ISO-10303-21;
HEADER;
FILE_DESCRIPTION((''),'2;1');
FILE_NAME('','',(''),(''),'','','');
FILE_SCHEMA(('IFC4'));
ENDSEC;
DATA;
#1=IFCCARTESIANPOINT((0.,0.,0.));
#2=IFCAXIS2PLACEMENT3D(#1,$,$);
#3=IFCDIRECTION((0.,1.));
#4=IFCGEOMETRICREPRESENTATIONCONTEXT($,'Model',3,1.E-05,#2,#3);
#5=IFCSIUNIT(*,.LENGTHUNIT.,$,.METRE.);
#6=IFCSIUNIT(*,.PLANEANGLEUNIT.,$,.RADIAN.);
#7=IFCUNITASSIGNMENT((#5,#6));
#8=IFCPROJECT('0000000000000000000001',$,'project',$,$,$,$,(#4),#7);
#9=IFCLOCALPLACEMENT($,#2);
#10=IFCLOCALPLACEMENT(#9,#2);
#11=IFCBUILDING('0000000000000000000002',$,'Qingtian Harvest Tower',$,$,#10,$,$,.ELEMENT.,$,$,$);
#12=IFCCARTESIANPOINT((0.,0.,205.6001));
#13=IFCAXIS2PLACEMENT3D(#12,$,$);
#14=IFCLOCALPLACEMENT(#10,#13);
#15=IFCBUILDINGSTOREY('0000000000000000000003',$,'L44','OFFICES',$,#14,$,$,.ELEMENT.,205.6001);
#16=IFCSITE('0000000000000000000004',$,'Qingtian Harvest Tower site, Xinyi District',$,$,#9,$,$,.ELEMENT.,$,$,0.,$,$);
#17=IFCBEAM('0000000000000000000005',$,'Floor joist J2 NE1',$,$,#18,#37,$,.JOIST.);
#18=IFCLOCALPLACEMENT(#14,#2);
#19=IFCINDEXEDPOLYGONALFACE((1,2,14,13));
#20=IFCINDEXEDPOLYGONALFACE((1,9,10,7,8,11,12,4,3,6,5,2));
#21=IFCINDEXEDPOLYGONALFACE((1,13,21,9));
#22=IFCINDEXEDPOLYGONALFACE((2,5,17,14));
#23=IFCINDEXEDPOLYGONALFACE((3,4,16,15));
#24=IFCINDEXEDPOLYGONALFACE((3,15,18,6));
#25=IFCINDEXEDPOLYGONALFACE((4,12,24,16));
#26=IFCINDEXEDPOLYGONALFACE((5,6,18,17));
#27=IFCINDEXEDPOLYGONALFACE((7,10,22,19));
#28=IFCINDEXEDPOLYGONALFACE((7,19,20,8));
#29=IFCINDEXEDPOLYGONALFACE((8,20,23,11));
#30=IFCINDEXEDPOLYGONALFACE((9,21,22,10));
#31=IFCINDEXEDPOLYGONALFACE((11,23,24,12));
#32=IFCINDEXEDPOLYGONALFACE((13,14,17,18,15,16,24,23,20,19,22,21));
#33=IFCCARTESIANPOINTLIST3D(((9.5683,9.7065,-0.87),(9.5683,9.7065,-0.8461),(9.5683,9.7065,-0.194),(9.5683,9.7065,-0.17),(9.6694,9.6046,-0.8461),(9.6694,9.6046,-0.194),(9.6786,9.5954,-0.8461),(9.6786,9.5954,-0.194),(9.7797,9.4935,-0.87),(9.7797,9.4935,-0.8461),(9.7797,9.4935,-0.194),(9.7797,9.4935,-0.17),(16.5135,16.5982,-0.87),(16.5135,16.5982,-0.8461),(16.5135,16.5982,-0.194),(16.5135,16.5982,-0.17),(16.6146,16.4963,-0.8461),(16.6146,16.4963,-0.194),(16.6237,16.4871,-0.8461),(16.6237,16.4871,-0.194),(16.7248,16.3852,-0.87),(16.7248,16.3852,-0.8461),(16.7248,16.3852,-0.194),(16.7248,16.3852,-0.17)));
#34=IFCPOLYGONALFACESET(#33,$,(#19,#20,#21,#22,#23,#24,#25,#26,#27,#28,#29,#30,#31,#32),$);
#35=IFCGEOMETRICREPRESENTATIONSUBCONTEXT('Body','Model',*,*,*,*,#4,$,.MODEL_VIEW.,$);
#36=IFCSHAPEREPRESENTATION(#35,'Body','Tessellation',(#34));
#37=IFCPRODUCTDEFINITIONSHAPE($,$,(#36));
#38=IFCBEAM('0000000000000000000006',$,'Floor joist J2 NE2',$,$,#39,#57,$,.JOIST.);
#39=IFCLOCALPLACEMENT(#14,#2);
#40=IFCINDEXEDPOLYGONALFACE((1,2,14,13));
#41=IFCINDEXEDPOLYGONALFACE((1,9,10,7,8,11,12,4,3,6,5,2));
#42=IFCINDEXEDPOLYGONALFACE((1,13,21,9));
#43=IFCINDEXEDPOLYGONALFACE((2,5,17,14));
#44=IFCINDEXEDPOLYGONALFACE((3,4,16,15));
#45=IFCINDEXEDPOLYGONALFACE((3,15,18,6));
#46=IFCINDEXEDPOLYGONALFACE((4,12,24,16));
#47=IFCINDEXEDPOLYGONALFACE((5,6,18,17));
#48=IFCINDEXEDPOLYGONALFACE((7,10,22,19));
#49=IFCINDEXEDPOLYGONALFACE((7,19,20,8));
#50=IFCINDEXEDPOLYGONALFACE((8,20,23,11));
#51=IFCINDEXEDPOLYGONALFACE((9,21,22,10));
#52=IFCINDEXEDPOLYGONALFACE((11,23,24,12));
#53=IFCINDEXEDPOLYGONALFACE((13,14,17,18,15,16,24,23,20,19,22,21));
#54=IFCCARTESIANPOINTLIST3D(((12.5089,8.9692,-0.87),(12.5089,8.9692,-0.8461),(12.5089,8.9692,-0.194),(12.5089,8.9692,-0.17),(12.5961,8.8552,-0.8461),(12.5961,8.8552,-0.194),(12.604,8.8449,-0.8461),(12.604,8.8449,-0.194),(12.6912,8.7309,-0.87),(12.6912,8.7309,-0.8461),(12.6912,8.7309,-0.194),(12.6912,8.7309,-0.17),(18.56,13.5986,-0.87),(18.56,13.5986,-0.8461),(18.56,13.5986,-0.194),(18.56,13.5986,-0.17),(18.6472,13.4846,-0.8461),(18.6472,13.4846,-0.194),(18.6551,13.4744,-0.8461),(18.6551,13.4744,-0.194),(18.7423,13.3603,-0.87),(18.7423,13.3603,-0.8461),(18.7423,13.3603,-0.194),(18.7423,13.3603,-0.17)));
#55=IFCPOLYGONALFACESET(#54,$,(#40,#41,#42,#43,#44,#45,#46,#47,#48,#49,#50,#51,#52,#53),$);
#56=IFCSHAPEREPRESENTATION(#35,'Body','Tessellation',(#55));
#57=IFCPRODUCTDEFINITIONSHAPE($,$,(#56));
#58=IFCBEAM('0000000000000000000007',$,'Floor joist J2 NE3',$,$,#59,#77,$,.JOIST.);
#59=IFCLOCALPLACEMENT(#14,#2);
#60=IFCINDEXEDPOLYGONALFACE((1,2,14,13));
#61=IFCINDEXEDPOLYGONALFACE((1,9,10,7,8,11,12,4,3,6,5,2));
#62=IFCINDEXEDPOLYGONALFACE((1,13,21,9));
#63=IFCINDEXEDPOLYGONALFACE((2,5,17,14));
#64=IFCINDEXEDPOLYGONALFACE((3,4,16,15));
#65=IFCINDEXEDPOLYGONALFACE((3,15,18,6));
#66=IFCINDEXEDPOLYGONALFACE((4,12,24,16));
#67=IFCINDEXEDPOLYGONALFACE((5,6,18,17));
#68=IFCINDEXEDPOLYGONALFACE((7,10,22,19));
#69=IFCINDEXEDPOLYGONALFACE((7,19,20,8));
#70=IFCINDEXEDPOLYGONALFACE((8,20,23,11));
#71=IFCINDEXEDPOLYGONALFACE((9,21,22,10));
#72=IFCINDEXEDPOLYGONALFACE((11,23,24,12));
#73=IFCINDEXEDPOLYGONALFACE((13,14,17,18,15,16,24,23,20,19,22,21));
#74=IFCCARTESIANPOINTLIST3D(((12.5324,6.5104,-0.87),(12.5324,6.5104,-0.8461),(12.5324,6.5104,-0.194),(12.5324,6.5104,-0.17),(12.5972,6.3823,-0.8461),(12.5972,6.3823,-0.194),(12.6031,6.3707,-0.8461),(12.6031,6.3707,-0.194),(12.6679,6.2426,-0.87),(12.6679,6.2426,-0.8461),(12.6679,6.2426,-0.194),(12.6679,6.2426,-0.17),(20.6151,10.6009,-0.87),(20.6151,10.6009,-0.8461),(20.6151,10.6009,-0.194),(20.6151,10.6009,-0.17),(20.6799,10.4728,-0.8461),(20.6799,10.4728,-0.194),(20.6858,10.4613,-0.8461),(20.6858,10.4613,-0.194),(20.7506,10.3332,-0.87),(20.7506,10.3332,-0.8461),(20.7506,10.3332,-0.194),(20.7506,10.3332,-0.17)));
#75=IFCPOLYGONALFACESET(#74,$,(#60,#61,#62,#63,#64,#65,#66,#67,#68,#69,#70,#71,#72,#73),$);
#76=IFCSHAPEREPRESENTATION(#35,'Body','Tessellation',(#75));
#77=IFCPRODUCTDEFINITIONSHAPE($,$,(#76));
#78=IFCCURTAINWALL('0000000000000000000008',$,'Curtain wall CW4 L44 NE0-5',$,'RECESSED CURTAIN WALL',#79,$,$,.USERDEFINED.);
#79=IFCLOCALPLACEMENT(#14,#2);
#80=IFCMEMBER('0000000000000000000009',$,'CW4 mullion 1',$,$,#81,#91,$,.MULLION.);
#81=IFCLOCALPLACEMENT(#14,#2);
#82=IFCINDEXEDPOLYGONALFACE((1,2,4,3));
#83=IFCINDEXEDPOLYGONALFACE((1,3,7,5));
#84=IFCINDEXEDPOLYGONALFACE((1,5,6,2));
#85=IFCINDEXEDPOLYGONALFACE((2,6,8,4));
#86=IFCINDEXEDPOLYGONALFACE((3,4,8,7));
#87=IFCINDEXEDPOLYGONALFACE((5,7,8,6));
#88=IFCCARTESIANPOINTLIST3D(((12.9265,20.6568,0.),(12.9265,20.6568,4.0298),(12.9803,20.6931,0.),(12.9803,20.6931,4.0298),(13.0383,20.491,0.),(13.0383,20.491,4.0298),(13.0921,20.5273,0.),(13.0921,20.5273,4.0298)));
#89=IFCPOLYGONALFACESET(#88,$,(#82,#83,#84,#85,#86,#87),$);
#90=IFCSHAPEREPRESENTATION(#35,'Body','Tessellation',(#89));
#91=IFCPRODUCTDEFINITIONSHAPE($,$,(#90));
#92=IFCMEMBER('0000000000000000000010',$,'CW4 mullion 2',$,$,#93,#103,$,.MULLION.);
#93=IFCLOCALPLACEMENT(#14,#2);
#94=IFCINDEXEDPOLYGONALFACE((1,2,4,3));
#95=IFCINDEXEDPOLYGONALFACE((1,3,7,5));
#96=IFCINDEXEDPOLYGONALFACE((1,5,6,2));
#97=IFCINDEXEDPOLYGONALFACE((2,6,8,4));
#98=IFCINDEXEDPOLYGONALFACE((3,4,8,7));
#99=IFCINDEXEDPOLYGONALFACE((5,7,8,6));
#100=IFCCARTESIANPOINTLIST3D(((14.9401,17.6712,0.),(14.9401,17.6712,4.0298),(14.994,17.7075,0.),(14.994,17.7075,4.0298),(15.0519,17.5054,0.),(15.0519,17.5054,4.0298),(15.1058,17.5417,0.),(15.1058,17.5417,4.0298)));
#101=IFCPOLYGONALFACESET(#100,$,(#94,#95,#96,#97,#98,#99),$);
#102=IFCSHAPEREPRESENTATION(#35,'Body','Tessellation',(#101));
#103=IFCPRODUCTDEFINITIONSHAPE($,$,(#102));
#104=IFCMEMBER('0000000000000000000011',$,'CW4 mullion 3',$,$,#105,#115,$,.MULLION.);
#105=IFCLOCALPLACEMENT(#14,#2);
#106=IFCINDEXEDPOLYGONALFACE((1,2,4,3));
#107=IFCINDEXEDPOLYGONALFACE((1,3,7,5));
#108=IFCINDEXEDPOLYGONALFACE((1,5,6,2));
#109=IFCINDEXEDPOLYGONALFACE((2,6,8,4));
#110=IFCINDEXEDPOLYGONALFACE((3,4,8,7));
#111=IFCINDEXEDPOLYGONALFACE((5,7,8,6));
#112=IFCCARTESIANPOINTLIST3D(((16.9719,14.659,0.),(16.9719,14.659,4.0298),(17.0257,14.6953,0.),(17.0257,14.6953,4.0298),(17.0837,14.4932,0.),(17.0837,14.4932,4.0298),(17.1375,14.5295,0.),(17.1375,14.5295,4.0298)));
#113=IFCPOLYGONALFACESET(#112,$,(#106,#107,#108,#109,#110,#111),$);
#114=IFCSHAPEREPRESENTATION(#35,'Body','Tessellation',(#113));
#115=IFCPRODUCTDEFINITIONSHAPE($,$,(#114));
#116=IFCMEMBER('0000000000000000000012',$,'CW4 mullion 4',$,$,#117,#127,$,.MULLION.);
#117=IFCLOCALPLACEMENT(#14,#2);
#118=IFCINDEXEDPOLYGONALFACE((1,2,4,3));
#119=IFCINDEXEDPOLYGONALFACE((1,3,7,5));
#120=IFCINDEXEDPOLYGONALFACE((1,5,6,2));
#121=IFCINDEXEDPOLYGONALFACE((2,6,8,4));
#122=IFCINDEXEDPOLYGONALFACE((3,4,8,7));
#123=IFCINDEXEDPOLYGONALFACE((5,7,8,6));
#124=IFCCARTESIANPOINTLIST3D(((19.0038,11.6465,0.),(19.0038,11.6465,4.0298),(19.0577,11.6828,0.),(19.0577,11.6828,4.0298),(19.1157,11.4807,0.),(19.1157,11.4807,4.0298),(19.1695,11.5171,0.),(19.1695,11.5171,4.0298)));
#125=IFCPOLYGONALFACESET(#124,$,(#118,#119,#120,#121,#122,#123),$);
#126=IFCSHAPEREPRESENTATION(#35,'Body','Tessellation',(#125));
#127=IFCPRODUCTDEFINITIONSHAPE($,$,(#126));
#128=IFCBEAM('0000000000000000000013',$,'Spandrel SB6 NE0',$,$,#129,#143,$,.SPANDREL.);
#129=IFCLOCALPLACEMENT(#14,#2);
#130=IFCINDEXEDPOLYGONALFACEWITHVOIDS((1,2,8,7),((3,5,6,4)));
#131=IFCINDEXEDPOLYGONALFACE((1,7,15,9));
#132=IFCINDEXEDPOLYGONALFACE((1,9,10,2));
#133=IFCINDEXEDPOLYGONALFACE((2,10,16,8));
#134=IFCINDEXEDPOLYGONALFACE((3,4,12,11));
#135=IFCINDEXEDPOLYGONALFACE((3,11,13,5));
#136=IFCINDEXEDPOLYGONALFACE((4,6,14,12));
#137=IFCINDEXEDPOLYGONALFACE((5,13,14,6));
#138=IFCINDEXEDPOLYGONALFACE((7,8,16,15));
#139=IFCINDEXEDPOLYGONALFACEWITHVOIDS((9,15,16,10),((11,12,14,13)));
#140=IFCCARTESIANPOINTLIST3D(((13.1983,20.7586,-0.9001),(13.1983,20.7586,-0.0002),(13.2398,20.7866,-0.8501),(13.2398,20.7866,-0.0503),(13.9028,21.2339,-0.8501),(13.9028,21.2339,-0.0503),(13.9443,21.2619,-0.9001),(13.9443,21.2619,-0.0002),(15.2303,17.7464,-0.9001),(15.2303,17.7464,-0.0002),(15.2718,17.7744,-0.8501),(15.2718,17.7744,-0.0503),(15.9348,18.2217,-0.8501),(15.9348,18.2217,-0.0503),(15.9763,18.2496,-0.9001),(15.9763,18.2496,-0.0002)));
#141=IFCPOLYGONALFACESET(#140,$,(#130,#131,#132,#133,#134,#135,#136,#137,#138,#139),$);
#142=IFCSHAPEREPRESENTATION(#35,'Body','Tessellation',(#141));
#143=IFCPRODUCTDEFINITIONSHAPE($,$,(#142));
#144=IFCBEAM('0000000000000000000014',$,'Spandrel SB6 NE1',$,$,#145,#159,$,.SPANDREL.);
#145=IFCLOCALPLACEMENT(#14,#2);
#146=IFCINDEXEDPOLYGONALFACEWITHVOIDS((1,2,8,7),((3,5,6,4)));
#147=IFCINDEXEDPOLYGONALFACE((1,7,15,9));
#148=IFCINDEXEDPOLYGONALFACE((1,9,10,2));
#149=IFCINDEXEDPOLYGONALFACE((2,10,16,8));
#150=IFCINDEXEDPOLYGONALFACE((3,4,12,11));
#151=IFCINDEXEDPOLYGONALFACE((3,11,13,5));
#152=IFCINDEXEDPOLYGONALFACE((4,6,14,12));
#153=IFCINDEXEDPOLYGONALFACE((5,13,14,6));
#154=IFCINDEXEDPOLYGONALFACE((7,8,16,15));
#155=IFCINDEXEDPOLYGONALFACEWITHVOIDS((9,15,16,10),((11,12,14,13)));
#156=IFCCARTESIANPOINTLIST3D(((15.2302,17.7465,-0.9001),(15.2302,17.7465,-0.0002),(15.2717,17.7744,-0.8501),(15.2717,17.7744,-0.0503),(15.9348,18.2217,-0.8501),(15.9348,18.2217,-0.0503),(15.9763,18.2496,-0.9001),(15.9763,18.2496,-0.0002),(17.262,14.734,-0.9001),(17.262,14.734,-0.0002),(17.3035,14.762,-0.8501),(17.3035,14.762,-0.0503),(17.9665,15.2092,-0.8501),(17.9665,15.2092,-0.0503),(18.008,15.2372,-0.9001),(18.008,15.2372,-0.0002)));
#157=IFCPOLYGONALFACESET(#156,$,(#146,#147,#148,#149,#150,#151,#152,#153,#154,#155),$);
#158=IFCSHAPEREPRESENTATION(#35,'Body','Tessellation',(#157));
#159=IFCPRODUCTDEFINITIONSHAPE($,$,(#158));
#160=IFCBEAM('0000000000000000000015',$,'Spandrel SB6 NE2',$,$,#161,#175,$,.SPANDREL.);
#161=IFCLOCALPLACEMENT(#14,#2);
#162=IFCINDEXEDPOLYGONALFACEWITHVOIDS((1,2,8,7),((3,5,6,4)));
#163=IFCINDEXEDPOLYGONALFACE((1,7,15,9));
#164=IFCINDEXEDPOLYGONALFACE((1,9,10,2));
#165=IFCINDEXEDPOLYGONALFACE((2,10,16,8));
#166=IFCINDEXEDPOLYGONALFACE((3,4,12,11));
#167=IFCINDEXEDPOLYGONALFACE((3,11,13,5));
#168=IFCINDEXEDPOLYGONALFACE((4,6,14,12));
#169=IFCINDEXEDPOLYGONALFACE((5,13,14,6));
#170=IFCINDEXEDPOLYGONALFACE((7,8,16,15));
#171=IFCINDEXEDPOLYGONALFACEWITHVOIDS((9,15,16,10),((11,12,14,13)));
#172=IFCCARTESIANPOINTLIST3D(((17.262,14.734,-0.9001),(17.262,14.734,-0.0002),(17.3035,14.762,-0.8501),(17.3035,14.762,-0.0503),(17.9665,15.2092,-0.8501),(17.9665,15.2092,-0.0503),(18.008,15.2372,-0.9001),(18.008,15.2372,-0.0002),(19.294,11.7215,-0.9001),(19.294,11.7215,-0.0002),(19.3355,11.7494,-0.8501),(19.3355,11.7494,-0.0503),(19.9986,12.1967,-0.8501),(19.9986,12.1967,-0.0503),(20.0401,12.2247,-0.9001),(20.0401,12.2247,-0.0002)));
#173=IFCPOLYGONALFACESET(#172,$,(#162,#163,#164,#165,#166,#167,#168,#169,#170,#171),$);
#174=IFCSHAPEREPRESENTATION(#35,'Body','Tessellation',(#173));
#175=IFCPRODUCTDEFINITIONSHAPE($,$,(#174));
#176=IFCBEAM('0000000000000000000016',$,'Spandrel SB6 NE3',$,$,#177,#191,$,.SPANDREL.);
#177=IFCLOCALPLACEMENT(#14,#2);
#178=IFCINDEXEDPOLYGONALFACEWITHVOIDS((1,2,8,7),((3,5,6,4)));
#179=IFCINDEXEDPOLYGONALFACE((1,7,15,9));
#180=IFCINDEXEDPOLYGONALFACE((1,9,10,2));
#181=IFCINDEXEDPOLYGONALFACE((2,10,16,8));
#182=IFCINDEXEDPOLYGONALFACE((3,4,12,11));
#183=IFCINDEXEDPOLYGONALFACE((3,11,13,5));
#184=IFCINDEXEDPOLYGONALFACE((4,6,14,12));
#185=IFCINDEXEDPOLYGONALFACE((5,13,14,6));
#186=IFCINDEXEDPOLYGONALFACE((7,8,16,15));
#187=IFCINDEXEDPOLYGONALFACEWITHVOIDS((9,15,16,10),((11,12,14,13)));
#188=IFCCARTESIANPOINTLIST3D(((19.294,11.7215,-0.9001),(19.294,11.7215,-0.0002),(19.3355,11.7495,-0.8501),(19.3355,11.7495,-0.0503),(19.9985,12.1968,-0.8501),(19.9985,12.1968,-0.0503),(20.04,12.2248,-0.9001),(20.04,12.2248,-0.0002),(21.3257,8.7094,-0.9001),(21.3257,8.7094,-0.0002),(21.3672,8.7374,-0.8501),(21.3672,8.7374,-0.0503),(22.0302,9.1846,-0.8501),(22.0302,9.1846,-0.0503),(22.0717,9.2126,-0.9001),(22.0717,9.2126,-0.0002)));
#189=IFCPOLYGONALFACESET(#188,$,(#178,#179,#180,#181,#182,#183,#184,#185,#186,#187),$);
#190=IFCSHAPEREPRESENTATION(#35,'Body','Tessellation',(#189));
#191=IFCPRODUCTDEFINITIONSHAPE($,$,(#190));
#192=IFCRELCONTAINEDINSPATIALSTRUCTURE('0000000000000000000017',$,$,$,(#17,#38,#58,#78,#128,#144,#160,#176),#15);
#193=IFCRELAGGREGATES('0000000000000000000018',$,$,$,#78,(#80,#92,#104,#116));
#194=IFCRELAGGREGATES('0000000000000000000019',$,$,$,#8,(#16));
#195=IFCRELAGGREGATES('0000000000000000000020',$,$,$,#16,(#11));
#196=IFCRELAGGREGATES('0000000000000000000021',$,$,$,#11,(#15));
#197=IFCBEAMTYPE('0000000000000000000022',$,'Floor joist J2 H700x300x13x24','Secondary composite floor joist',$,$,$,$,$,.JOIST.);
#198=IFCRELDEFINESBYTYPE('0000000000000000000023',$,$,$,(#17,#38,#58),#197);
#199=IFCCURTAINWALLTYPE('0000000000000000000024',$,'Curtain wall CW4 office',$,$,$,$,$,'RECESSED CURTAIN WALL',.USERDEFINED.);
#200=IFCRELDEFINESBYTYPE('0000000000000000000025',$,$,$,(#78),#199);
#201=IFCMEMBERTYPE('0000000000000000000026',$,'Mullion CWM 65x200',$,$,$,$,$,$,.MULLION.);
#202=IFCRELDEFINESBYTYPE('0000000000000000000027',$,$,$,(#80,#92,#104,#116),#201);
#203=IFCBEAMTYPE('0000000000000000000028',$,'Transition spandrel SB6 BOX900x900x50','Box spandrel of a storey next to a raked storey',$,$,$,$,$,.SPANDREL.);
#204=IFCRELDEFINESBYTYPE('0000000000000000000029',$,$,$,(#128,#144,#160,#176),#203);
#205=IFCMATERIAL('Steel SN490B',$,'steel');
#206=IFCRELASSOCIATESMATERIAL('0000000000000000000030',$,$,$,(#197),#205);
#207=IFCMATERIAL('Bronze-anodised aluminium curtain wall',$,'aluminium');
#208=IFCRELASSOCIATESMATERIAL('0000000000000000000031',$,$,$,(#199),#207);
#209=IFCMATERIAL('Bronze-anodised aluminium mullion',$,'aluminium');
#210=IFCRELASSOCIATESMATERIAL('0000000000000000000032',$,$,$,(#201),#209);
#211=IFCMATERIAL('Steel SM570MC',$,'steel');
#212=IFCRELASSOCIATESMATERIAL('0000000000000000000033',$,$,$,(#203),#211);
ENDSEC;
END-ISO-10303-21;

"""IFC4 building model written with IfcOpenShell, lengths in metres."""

from ifc_helpers import new_model, si_unit, direction, frame, origin, origin_2d, place, context, subcontext, project, spatial, rectangle, hollow_rectangle, i_section, extrude, material, material_profile, profile_set, type_object, element, aggregate, save


model = new_model("IFC4")

# Units and contexts
model_context = context("Model", 3, precision=1e-05, world=origin(), true_north=direction((0.0, 1.0)))
body_context = subcontext(model_context, "Body", "Model", "MODEL_VIEW")
ifc_project = project(units=[si_unit("LENGTHUNIT", "METRE"), si_unit("PLANEANGLEUNIT", "RADIAN")], contexts=[model_context])

# Site, building, storey
site_placement = place(None, origin())
site = spatial("IfcSite", under=ifc_project, at=site_placement, Name="Qingtian Harvest Tower site, Xinyi District", CompositionType="ELEMENT", RefElevation=0.0)
building_placement = place(site_placement, origin())
building = spatial("IfcBuilding", under=site, at=building_placement, Name="Qingtian Harvest Tower", CompositionType="ELEMENT")
storey_placement = place(building_placement, frame((0.0, 0.0, 205.6001)))
storey = spatial("IfcBuildingStorey", under=building, at=storey_placement, Name="L44", Description="OFFICES", CompositionType="ELEMENT", Elevation=205.6001)

# Beams
ifc_material_1 = material(Name="Steel SN490B", Category="steel")
ifc_material_profile_1 = material_profile(ifc_material_1, i_section(OverallWidth=0.3, OverallDepth=0.7, WebThickness=0.0129, FlangeThickness=0.0239, at=origin_2d()), Name="H700x300x13x24")
ifc_profile_set_1 = profile_set([ifc_material_profile_1], Name="Steel SN490B")
beam_type_1 = type_object("IfcBeamType", Name="Floor joist J2 H700x300x13x24", Description="Secondary composite floor joist", PredefinedType="JOIST", material=ifc_profile_set_1)
beam_1_placement = place(storey_placement, frame((16.6191, 16.4917, -0.52), z_axis=(-0.709834, -0.704369, 0.0), x_axis=(0.704369, -0.709834, 0.0)))
element("IfcBeam", 1, at=beam_1_placement, inside=storey, type_object=beam_type_1, Name="Floor joist J2 NE1", PredefinedType="JOIST", context=body_context, shape_type="SweptSolid", body=[
    extrude(i_section(OverallWidth=0.3, OverallDepth=0.7, WebThickness=0.0129, FlangeThickness=0.0239, at=origin_2d()), origin(), (0.0, 0.0, 1.0), 9.7842),
])
beam_2_placement = place(storey_placement, frame((18.6511, 13.4795, -0.52), z_axis=(-0.794222, -0.607627, 0.0), x_axis=(0.607627, -0.794222, 0.0)))
element("IfcBeam", 2, at=beam_2_placement, inside=storey, type_object=beam_type_1, Name="Floor joist J2 NE2", PredefinedType="JOIST", context=body_context, shape_type="SweptSolid", body=[
    extrude(i_section(OverallWidth=0.3, OverallDepth=0.7, WebThickness=0.0129, FlangeThickness=0.0239, at=origin_2d()), origin(), (0.0, 0.0, 1.0), 7.6189),
])
beam_3_placement = place(storey_placement, frame((20.6829, 10.467, -0.52), z_axis=(-0.892244, -0.451553, 0.0), x_axis=(0.451553, -0.892244, 0.0)))
element("IfcBeam", 3, at=beam_3_placement, inside=storey, type_object=beam_type_1, Name="Floor joist J2 NE3", PredefinedType="JOIST", context=body_context, shape_type="SweptSolid", body=[
    extrude(i_section(OverallWidth=0.3, OverallDepth=0.7, WebThickness=0.0129, FlangeThickness=0.0239, at=origin_2d()), origin(), (0.0, 0.0, 1.0), 9.0588),
])

# Curtain wall, members
ifc_material_2 = material(Name="Bronze-anodised aluminium curtain wall", Category="aluminium")
curtain_wall_type = type_object("IfcCurtainWallType", Name="Curtain wall CW4 office", ElementType="RECESSED CURTAIN WALL", PredefinedType="USERDEFINED", material=ifc_material_2)
curtain_wall_placement = place(storey_placement, origin())
curtain_wall = element("IfcCurtainWall", 4, at=curtain_wall_placement, inside=storey, type_object=curtain_wall_type, Name="Curtain wall CW4 L44 NE0-5", ObjectType="RECESSED CURTAIN WALL", PredefinedType="USERDEFINED")
ifc_material_3 = material(Name="Bronze-anodised aluminium mullion", Category="aluminium")
ifc_material_profile_2 = material_profile(ifc_material_3, rectangle(XDim=0.0649, YDim=0.2, at=origin_2d()), Name="AL 65x200")
ifc_profile_set_2 = profile_set([ifc_material_profile_2], Name="Bronze-anodised aluminium mullion")
member_type_1 = type_object("IfcMemberType", Name="Mullion CWM 65x200", PredefinedType="MULLION", material=ifc_profile_set_2)
member_1_placement = place(storey_placement, frame((13.0093, 20.592, 0.0), z_axis=(0.0, 0.0, 1.0), x_axis=(0.829038, 0.559193, 0.0)))
member_1 = element("IfcMember", 5, at=member_1_placement, type_object=member_type_1, Name="CW4 mullion 1", PredefinedType="MULLION", context=body_context, shape_type="SweptSolid", body=[
    extrude(rectangle(XDim=0.0649, YDim=0.2, at=origin_2d()), origin(), (0.0, 0.0, 1.0), 4.0298),
])
member_2_placement = place(storey_placement, frame((15.0229, 17.6064, 0.0), z_axis=(0.0, 0.0, 1.0), x_axis=(0.829038, 0.559193, 0.0)))
member_2 = element("IfcMember", 6, at=member_2_placement, type_object=member_type_1, Name="CW4 mullion 2", PredefinedType="MULLION", context=body_context, shape_type="SweptSolid", body=[
    extrude(rectangle(XDim=0.0649, YDim=0.2, at=origin_2d()), origin(), (0.0, 0.0, 1.0), 4.0298),
])
member_3_placement = place(storey_placement, frame((17.0547, 14.5942, 0.0), z_axis=(0.0, 0.0, 1.0), x_axis=(0.829038, 0.559193, 0.0)))
member_3 = element("IfcMember", 7, at=member_3_placement, type_object=member_type_1, Name="CW4 mullion 3", PredefinedType="MULLION", context=body_context, shape_type="SweptSolid", body=[
    extrude(rectangle(XDim=0.0649, YDim=0.2, at=origin_2d()), origin(), (0.0, 0.0, 1.0), 4.0298),
])
member_4_placement = place(storey_placement, frame((19.0867, 11.5818, 0.0), z_axis=(0.0, 0.0, 1.0), x_axis=(0.829038, 0.559193, 0.0)))
member_4 = element("IfcMember", 8, at=member_4_placement, type_object=member_type_1, Name="CW4 mullion 4", PredefinedType="MULLION", context=body_context, shape_type="SweptSolid", body=[
    extrude(rectangle(XDim=0.0649, YDim=0.2, at=origin_2d()), origin(), (0.0, 0.0, 1.0), 4.0298),
])

# Beams
ifc_material_4 = material(Name="Steel SM570MC", Category="steel")
ifc_material_profile_3 = material_profile(ifc_material_4, hollow_rectangle(XDim=0.8999, YDim=0.8999, WallThickness=0.05, at=origin_2d()), Name="BOX900x900x50")
ifc_profile_set_3 = profile_set([ifc_material_profile_3], Name="Steel SM570MC")
beam_type_2 = type_object("IfcBeamType", Name="Transition spandrel SB6 BOX900x900x50", Description="Box spandrel of a storey next to a raked storey", PredefinedType="SPANDREL", material=ifc_profile_set_3)
for number, where, z_axis, x_axis, name in (
    (9, (13.5713, 21.0103, -0.4502), (0.559235, -0.829009, 0.0), (0.829009, 0.559235, 0.0), "Spandrel SB6 NE0"),
    (10, (15.6033, 17.998, -0.4502), (0.559158, -0.829061, 0.0), (0.829061, 0.559158, 0.0), "Spandrel SB6 NE1"),
):
    element("IfcBeam", number, at=place(storey_placement, frame(where, z_axis=z_axis, x_axis=x_axis)), inside=storey, type_object=beam_type_2, Name=name, PredefinedType="SPANDREL", context=body_context, shape_type="SweptSolid", body=[
        extrude(hollow_rectangle(XDim=0.8999, YDim=0.8999, WallThickness=0.05, at=origin_2d()), origin(), (0.0, 0.0, 1.0), 3.6335),
    ])
beam_4_placement = place(storey_placement, frame((17.635, 14.9856, -0.4502), z_axis=(0.559204, -0.82903, 0.0), x_axis=(0.82903, 0.559204, 0.0)))
element("IfcBeam", 11, at=beam_4_placement, inside=storey, type_object=beam_type_2, Name="Spandrel SB6 NE2", PredefinedType="SPANDREL", context=body_context, shape_type="SweptSolid", body=[
    extrude(hollow_rectangle(XDim=0.8999, YDim=0.8999, WallThickness=0.05, at=origin_2d()), origin(), (0.0, 0.0, 1.0), 3.6338),
])
beam_5_placement = place(storey_placement, frame((19.667, 11.9731, -0.4502), z_axis=(0.559189, -0.82904, 0.0), x_axis=(0.82904, 0.559189, 0.0)))
element("IfcBeam", 12, at=beam_5_placement, inside=storey, type_object=beam_type_2, Name="Spandrel SB6 NE3", PredefinedType="SPANDREL", context=body_context, shape_type="SweptSolid", body=[
    extrude(hollow_rectangle(XDim=0.8999, YDim=0.8999, WallThickness=0.05, at=origin_2d()), origin(), (0.0, 0.0, 1.0), 3.6333),
])

aggregate(curtain_wall, [member_1, member_2, member_3, member_4])

save(model, "model.ifc")
